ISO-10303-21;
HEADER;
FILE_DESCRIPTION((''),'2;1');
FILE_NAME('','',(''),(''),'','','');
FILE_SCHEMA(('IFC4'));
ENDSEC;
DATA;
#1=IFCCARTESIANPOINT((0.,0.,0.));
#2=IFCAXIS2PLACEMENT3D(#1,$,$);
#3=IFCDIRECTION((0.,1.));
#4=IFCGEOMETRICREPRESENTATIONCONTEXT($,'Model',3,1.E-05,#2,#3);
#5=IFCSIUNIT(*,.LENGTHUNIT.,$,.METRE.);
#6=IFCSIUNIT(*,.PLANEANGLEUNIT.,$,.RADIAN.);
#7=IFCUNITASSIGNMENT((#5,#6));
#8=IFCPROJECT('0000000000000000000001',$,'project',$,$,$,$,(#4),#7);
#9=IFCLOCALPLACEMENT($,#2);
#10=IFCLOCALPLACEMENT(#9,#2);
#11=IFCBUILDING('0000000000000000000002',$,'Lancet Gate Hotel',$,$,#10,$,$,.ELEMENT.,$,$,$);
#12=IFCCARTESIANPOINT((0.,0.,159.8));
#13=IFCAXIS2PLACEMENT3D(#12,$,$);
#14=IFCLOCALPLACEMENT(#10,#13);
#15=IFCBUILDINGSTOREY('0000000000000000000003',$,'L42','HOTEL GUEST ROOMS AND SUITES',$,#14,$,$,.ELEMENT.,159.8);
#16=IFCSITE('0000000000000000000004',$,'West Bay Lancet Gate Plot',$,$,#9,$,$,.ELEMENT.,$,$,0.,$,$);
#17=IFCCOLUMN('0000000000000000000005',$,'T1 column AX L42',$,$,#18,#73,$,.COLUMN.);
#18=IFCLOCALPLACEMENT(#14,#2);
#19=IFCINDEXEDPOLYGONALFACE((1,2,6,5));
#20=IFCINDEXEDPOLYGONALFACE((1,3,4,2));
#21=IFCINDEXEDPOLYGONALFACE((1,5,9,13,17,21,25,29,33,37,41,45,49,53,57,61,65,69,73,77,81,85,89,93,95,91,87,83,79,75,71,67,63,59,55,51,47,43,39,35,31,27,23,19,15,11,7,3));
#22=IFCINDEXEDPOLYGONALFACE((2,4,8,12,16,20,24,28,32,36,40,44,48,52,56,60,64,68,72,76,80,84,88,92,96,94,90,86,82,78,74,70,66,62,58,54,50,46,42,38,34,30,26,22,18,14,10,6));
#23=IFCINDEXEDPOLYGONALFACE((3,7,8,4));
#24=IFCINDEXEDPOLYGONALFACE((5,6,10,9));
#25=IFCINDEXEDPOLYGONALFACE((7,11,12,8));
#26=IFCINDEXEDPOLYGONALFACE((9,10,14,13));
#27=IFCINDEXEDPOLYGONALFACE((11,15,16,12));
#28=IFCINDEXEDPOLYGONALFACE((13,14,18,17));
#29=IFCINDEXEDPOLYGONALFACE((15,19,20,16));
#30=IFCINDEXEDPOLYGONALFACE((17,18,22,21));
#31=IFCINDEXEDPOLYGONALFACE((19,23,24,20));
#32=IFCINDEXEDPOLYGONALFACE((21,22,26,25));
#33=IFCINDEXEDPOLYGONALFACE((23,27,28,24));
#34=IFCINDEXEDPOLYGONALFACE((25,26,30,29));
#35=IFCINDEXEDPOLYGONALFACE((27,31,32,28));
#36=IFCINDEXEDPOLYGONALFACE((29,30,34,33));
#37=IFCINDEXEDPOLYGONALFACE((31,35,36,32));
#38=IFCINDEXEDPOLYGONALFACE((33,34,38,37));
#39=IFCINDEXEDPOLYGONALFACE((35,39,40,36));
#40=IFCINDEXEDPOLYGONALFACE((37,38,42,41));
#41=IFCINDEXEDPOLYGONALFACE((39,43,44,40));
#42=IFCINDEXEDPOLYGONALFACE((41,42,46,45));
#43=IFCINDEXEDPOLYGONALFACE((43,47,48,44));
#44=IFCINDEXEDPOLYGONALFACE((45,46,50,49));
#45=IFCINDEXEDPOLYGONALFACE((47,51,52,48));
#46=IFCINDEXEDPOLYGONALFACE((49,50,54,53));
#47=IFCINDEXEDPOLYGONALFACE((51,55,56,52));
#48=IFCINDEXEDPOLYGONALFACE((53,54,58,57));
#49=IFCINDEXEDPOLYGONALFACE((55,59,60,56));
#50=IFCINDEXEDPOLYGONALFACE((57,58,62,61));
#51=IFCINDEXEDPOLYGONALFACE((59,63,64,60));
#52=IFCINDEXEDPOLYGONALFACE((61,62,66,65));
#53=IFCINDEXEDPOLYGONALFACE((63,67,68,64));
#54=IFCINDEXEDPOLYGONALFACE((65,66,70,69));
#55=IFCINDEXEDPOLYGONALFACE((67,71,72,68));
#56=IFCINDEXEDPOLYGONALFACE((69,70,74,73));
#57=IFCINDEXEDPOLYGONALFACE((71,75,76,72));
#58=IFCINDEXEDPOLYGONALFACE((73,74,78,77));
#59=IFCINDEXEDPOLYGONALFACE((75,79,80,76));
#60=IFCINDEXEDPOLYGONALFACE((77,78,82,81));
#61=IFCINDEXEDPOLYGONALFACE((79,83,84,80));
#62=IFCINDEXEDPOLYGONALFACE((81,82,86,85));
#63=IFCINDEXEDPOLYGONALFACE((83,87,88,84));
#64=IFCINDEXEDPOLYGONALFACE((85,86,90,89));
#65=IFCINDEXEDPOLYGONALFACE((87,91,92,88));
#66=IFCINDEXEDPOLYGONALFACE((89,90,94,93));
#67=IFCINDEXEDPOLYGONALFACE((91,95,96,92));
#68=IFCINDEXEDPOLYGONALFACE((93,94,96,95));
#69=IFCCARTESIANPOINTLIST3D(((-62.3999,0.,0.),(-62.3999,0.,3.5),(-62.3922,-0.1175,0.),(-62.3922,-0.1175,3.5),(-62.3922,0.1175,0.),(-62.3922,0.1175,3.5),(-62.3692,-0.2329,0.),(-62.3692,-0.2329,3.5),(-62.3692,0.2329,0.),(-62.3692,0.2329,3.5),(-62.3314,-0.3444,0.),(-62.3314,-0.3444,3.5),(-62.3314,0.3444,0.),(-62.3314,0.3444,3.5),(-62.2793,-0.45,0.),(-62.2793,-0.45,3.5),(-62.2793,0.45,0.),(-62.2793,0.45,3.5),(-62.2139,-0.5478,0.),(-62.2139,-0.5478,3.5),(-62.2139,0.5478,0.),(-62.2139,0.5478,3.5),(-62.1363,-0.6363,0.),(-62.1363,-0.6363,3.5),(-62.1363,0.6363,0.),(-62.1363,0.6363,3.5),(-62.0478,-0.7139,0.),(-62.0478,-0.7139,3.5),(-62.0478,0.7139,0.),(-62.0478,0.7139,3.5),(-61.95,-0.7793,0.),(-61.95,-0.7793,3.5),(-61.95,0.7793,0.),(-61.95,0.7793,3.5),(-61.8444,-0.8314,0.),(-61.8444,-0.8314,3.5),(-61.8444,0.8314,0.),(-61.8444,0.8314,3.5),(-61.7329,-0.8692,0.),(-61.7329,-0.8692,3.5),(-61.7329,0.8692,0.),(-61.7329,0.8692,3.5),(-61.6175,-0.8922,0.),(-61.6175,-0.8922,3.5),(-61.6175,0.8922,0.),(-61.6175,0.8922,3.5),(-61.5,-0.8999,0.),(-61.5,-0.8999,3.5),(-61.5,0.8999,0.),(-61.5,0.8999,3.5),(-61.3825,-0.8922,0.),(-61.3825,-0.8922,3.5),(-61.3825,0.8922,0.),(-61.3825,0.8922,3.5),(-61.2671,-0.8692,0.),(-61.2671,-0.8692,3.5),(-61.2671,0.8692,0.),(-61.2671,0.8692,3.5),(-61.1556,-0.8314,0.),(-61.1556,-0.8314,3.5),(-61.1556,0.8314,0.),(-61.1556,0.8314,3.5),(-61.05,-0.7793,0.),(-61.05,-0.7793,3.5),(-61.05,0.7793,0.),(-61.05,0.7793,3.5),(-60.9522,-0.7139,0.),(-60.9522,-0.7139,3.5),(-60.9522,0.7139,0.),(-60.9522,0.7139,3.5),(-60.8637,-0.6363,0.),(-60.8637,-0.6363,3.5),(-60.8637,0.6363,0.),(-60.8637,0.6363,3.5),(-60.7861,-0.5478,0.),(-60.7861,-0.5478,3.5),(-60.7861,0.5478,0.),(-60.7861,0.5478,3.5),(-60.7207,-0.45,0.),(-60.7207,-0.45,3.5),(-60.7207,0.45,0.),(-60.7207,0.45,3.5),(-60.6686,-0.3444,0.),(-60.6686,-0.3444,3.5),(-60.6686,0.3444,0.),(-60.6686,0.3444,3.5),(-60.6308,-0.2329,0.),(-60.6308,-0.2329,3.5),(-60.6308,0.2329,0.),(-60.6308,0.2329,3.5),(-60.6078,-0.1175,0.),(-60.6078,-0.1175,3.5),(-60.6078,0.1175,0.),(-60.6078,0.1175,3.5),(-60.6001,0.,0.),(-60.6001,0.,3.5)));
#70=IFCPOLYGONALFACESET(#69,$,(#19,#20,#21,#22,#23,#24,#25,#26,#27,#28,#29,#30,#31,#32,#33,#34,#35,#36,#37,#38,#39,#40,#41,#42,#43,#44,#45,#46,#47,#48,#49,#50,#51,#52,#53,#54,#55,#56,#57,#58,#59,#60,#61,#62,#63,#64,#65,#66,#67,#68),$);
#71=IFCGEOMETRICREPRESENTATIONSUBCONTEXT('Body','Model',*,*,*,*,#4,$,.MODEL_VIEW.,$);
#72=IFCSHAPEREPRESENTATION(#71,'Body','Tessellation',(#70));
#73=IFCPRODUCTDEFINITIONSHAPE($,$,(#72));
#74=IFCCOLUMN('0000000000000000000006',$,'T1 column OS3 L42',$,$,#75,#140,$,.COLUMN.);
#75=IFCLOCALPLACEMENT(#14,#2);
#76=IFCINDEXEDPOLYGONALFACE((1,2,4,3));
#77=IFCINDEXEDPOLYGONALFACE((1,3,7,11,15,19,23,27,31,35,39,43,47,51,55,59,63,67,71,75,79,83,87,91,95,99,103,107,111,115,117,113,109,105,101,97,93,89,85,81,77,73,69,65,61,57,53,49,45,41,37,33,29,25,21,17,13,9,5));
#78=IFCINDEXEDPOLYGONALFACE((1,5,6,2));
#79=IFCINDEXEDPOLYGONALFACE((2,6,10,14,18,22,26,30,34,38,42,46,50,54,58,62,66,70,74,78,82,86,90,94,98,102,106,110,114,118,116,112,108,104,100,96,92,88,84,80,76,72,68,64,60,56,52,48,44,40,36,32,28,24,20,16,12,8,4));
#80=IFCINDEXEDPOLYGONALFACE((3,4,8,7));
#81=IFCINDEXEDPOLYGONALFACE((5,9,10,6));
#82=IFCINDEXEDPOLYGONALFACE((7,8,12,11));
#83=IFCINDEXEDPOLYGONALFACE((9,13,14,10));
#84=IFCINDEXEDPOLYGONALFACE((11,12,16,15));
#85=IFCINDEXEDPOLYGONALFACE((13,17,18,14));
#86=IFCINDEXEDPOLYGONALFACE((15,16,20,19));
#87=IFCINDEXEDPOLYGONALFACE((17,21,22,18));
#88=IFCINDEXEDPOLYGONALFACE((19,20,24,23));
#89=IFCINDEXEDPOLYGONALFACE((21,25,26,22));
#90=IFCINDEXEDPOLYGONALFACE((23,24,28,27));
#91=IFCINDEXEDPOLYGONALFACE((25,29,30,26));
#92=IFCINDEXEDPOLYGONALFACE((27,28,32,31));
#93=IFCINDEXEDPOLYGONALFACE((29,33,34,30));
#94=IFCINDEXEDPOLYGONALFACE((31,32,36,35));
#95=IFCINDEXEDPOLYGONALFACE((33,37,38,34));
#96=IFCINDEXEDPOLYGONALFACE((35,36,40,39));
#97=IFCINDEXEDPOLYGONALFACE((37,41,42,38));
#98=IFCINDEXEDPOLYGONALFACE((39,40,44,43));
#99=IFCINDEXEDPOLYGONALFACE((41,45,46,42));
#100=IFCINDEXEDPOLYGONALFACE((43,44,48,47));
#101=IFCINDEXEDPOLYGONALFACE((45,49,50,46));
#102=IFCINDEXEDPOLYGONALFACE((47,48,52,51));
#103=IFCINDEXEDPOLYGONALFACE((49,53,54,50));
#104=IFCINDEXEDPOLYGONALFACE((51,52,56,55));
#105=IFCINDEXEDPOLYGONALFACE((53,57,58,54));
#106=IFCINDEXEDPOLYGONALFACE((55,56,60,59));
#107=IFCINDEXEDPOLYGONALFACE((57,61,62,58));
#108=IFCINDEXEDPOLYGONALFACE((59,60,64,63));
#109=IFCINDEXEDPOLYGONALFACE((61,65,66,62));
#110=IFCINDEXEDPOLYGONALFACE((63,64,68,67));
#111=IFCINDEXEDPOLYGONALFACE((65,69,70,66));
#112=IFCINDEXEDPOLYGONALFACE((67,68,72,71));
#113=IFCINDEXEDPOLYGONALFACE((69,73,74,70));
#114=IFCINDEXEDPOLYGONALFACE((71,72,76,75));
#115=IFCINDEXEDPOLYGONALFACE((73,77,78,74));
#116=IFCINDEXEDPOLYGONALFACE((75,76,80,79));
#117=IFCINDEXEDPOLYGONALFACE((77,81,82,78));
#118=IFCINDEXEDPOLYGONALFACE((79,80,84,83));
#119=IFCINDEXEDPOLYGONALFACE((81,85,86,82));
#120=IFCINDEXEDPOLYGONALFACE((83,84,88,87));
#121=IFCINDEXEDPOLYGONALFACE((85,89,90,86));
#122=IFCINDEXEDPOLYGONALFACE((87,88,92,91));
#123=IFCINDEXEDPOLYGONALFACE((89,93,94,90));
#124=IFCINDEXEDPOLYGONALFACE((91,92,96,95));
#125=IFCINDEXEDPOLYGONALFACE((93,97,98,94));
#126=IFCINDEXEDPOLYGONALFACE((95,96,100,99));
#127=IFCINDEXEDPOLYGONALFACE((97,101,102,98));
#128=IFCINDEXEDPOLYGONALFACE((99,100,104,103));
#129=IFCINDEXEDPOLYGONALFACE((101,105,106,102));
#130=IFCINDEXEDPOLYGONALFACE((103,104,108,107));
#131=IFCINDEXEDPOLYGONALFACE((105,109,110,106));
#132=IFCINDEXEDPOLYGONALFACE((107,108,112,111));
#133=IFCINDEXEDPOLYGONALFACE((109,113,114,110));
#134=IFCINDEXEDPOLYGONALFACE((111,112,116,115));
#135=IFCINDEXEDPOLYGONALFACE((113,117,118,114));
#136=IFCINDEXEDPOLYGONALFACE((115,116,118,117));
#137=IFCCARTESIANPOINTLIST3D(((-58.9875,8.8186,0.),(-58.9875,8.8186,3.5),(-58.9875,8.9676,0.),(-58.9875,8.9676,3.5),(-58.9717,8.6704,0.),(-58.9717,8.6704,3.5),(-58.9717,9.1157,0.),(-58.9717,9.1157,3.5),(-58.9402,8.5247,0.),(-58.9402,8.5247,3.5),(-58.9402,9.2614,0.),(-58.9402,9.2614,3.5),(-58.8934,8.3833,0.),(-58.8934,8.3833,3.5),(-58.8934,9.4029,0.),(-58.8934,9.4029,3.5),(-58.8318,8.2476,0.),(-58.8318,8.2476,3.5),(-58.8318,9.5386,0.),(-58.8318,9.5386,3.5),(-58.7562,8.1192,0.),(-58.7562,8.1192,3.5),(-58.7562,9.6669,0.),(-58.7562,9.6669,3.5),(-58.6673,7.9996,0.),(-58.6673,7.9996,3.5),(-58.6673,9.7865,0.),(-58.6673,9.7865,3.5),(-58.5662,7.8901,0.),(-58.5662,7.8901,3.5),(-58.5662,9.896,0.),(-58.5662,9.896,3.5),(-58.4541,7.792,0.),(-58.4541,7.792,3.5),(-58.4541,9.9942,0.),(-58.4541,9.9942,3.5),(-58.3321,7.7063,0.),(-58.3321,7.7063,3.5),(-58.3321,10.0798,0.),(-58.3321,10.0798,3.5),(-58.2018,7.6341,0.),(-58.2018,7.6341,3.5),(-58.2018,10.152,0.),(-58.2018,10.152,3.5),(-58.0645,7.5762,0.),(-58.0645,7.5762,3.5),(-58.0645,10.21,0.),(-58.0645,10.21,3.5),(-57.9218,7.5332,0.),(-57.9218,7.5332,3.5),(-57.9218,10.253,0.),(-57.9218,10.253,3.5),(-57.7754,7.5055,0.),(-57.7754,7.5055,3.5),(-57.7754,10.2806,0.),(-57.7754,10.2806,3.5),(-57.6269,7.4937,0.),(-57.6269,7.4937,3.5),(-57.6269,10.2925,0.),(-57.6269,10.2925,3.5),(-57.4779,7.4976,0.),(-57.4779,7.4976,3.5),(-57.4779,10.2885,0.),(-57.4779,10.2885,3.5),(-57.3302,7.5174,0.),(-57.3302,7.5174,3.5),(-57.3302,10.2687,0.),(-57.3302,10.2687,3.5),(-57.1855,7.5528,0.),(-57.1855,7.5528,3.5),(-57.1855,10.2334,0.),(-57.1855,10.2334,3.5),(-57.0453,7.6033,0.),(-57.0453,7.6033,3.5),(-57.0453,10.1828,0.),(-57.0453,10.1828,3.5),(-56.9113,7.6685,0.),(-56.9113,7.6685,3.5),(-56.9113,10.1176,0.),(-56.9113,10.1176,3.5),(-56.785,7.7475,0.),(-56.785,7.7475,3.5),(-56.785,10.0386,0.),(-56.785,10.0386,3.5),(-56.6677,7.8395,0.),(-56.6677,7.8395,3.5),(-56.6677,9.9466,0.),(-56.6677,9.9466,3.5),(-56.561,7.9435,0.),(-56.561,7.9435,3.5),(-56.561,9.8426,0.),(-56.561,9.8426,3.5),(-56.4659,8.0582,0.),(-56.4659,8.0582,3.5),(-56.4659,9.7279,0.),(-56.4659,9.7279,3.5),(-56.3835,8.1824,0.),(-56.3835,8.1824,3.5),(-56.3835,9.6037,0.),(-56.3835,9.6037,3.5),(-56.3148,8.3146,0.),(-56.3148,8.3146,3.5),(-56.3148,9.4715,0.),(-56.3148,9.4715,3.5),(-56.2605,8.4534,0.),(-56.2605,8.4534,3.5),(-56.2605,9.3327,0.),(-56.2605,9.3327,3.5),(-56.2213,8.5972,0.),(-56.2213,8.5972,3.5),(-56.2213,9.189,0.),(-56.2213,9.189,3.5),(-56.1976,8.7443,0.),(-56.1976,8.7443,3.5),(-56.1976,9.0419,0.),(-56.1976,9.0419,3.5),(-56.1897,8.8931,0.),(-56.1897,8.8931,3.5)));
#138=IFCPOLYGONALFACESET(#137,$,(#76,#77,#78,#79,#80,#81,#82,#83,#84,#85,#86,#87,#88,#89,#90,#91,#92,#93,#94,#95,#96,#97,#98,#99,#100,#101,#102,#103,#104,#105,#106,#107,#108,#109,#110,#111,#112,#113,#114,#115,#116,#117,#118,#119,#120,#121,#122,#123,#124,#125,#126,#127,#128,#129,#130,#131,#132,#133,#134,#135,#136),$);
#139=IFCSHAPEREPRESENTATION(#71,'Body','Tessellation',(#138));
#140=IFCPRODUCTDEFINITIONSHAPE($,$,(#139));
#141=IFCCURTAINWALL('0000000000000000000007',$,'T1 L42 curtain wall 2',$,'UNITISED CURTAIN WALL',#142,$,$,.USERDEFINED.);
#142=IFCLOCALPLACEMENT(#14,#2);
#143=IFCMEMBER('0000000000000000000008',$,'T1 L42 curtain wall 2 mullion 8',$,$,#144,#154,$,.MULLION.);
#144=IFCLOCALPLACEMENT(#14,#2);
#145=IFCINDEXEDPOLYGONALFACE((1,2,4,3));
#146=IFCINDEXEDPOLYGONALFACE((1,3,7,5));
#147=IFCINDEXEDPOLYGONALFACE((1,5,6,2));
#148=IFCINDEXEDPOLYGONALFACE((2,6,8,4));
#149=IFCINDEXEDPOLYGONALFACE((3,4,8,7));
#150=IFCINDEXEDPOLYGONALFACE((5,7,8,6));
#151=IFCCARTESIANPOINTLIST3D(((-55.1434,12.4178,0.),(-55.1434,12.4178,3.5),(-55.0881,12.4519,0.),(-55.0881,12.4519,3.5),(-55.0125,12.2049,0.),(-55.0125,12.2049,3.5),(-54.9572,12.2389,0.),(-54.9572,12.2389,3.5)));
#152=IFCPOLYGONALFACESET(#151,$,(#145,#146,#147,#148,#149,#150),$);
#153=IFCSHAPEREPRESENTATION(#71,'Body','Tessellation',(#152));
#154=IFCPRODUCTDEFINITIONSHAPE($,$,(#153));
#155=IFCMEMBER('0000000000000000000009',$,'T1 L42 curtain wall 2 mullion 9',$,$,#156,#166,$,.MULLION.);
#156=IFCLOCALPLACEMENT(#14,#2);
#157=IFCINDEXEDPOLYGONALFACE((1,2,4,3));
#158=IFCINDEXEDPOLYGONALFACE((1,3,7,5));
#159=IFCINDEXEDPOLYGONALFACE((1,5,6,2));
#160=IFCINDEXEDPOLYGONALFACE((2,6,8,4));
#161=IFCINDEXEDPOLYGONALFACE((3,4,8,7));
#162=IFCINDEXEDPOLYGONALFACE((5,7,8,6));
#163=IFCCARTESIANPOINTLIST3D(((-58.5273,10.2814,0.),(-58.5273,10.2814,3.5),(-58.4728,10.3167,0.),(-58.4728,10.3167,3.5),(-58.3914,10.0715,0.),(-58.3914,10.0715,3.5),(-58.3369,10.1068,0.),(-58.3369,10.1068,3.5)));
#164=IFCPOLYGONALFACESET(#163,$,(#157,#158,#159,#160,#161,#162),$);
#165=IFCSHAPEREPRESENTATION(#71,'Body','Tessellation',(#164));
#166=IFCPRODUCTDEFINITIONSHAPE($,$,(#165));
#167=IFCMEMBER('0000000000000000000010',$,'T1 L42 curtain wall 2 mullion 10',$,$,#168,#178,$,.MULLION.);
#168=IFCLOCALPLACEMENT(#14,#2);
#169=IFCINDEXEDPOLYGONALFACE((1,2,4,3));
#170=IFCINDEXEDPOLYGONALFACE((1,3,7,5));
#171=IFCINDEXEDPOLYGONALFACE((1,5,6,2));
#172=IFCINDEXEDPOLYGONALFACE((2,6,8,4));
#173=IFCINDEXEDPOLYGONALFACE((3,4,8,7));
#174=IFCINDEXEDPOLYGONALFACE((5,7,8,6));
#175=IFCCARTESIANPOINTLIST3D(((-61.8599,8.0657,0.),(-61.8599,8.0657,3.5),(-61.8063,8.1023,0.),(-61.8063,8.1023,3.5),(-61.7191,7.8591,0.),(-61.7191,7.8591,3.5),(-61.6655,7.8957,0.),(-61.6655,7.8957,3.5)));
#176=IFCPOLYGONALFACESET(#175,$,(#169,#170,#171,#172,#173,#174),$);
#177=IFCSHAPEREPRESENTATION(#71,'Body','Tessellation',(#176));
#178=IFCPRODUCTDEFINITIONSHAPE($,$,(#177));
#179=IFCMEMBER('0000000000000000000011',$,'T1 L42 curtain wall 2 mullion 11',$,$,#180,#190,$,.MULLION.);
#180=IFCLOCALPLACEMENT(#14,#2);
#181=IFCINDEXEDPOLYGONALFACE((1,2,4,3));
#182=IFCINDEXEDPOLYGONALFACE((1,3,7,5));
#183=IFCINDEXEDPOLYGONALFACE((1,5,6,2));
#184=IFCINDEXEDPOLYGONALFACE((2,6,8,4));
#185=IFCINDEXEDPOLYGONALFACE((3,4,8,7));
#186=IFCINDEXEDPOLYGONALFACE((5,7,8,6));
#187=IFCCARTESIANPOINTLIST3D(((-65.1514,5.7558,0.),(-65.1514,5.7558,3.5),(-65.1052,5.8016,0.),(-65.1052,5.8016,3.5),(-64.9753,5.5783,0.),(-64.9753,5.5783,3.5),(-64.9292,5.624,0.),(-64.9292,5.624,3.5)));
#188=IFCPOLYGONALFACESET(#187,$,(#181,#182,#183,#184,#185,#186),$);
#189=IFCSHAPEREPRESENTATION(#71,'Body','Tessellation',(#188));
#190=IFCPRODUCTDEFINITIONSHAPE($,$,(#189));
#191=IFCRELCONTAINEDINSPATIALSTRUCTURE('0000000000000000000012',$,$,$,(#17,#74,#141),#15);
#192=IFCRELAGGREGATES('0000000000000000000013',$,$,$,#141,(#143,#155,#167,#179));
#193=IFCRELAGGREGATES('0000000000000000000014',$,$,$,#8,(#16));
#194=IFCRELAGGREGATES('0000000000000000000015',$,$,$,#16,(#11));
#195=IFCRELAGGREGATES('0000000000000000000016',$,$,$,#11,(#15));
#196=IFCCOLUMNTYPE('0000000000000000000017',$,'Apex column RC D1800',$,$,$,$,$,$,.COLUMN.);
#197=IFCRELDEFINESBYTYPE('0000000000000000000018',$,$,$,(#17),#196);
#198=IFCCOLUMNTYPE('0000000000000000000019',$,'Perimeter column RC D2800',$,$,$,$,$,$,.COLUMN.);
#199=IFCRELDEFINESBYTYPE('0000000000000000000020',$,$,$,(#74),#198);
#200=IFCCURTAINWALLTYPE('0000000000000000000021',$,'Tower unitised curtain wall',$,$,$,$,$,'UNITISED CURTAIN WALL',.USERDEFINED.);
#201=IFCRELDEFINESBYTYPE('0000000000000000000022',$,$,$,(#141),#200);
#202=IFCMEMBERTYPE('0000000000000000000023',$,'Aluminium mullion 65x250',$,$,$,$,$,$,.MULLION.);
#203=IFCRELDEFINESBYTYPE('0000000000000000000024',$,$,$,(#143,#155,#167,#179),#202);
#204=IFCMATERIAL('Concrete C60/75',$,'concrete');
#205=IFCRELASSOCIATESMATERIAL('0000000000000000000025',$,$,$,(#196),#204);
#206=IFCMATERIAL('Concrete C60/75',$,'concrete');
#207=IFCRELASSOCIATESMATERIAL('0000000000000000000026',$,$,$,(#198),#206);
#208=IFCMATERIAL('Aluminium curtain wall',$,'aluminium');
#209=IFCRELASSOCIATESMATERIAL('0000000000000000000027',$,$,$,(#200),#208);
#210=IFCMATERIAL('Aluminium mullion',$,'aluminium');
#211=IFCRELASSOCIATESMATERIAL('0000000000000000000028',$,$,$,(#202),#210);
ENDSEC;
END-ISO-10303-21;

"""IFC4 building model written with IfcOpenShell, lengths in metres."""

from ifc_helpers import new_model, si_unit, direction, frame, origin, origin_2d, place, context, subcontext, project, spatial, rectangle, circle, extrude, material, material_profile, profile_set, type_object, element, aggregate, save


model = new_model("IFC4")

# Units and contexts
model_context = context("Model", 3, precision=1e-05, world=origin(), true_north=direction((0.0, 1.0)))
body_context = subcontext(model_context, "Body", "Model", "MODEL_VIEW")
ifc_project = project(units=[si_unit("LENGTHUNIT", "METRE"), si_unit("PLANEANGLEUNIT", "RADIAN")], contexts=[model_context])

# Site, building, storey
site_placement = place(None, origin())
site = spatial("IfcSite", under=ifc_project, at=site_placement, Name="West Bay Lancet Gate Plot", CompositionType="ELEMENT", RefElevation=0.0)
building_placement = place(site_placement, origin())
building = spatial("IfcBuilding", under=site, at=building_placement, Name="Lancet Gate Hotel", CompositionType="ELEMENT")
storey_placement = place(building_placement, frame((0.0, 0.0, 159.8)))
storey = spatial("IfcBuildingStorey", under=building, at=storey_placement, Name="L42", Description="HOTEL GUEST ROOMS AND SUITES", CompositionType="ELEMENT", Elevation=159.8)

# Columns
ifc_material_1 = material(Name="Concrete C60/75", Category="concrete")
ifc_material_profile_1 = material_profile(ifc_material_1, circle(Radius=0.8999, at=origin_2d()), Name="RC D1800")
ifc_profile_set_1 = profile_set([ifc_material_profile_1], Name="Concrete C60/75")
column_type_1 = type_object("IfcColumnType", Name="Apex column RC D1800", PredefinedType="COLUMN", material=ifc_profile_set_1)
column_1_placement = place(storey_placement, frame((-61.5, 0.0, 0.0), z_axis=(0.0, 0.0, 1.0), x_axis=(1.0, 0.0, 0.0)))
element("IfcColumn", 1, at=column_1_placement, inside=storey, type_object=column_type_1, Name="T1 column AX L42", PredefinedType="COLUMN", context=body_context, shape_type="SweptSolid", body=[
    extrude(circle(Radius=0.8999, at=origin_2d()), origin(), (0.0, 0.0, 1.0), 3.5),
])
ifc_material_2 = material(Name="Concrete C60/75", Category="concrete")
ifc_material_profile_2 = material_profile(ifc_material_2, circle(Radius=1.3999, at=origin_2d()), Name="RC D2800")
ifc_profile_set_2 = profile_set([ifc_material_profile_2], Name="Concrete C60/75")
column_type_2 = type_object("IfcColumnType", Name="Perimeter column RC D2800", PredefinedType="COLUMN", material=ifc_profile_set_2)
column_2_placement = place(storey_placement, frame((-57.5896, 8.8931, 0.0), z_axis=(0.0, 0.0, 1.0), x_axis=(1.0, 0.0, 0.0)))
element("IfcColumn", 2, at=column_2_placement, inside=storey, type_object=column_type_2, Name="T1 column OS3 L42", PredefinedType="COLUMN", context=body_context, shape_type="SweptSolid", body=[
    extrude(circle(Radius=1.3999, at=origin_2d()), origin(), (0.0, 0.0, 1.0), 3.5),
])

# Curtain wall, members
ifc_material_3 = material(Name="Aluminium curtain wall", Category="aluminium")
curtain_wall_type = type_object("IfcCurtainWallType", Name="Tower unitised curtain wall", ElementType="UNITISED CURTAIN WALL", PredefinedType="USERDEFINED", material=ifc_material_3)
curtain_wall_placement = place(storey_placement, origin())
curtain_wall = element("IfcCurtainWall", 3, at=curtain_wall_placement, inside=storey, type_object=curtain_wall_type, Name="T1 L42 curtain wall 2", ObjectType="UNITISED CURTAIN WALL", PredefinedType="USERDEFINED")
ifc_material_4 = material(Name="Aluminium mullion", Category="aluminium")
ifc_material_profile_3 = material_profile(ifc_material_4, rectangle(XDim=0.0649, YDim=0.25, at=origin_2d()), Name="MULLION 65x250")
ifc_profile_set_3 = profile_set([ifc_material_profile_3], Name="Aluminium mullion")
member_type_1 = type_object("IfcMemberType", Name="Aluminium mullion 65x250", PredefinedType="MULLION", material=ifc_profile_set_3)
member_1_placement = place(storey_placement, frame((-55.0503, 12.3284, 0.0), z_axis=(0.0, 0.0, 1.0), x_axis=(-0.851886, -0.523728, 0.0)))
member_1 = element("IfcMember", 4, at=member_1_placement, type_object=member_type_1, Name="T1 L42 curtain wall 2 mullion 8", PredefinedType="MULLION", context=body_context, shape_type="SweptSolid", body=[
    extrude(rectangle(XDim=0.0649, YDim=0.25, at=origin_2d()), origin(), (0.0, 0.0, 1.0), 3.5),
])
member_2_placement = place(storey_placement, frame((-58.4321, 10.1941, 0.0), z_axis=(0.0, 0.0, 1.0), x_axis=(-0.839331, -0.543621, 0.0)))
member_2 = element("IfcMember", 5, at=member_2_placement, type_object=member_type_1, Name="T1 L42 curtain wall 2 mullion 9", PredefinedType="MULLION", context=body_context, shape_type="SweptSolid", body=[
    extrude(rectangle(XDim=0.0649, YDim=0.25, at=origin_2d()), origin(), (0.0, 0.0, 1.0), 3.5),
])
member_3_placement = place(storey_placement, frame((-61.7627, 7.9807, 0.0), z_axis=(0.0, 0.0, 1.0), x_axis=(-0.826312, -0.563212, 0.0)))
member_3 = element("IfcMember", 6, at=member_3_placement, type_object=member_type_1, Name="T1 L42 curtain wall 2 mullion 10", PredefinedType="MULLION", context=body_context, shape_type="SweptSolid", body=[
    extrude(rectangle(XDim=0.0649, YDim=0.25, at=origin_2d()), origin(), (0.0, 0.0, 1.0), 3.5),
])
member_4_placement = place(storey_placement, frame((-65.0403, 5.6899, 0.0), z_axis=(0.0, 0.0, 1.0), x_axis=(-0.710113, -0.704088, 0.0)))
member_4 = element("IfcMember", 7, at=member_4_placement, type_object=member_type_1, Name="T1 L42 curtain wall 2 mullion 11", PredefinedType="MULLION", context=body_context, shape_type="SweptSolid", body=[
    extrude(rectangle(XDim=0.0649, YDim=0.25, at=origin_2d()), origin(), (0.0, 0.0, 1.0), 3.5),
])

aggregate(curtain_wall, [member_1, member_2, member_3, member_4])

save(model, "model.ifc")
